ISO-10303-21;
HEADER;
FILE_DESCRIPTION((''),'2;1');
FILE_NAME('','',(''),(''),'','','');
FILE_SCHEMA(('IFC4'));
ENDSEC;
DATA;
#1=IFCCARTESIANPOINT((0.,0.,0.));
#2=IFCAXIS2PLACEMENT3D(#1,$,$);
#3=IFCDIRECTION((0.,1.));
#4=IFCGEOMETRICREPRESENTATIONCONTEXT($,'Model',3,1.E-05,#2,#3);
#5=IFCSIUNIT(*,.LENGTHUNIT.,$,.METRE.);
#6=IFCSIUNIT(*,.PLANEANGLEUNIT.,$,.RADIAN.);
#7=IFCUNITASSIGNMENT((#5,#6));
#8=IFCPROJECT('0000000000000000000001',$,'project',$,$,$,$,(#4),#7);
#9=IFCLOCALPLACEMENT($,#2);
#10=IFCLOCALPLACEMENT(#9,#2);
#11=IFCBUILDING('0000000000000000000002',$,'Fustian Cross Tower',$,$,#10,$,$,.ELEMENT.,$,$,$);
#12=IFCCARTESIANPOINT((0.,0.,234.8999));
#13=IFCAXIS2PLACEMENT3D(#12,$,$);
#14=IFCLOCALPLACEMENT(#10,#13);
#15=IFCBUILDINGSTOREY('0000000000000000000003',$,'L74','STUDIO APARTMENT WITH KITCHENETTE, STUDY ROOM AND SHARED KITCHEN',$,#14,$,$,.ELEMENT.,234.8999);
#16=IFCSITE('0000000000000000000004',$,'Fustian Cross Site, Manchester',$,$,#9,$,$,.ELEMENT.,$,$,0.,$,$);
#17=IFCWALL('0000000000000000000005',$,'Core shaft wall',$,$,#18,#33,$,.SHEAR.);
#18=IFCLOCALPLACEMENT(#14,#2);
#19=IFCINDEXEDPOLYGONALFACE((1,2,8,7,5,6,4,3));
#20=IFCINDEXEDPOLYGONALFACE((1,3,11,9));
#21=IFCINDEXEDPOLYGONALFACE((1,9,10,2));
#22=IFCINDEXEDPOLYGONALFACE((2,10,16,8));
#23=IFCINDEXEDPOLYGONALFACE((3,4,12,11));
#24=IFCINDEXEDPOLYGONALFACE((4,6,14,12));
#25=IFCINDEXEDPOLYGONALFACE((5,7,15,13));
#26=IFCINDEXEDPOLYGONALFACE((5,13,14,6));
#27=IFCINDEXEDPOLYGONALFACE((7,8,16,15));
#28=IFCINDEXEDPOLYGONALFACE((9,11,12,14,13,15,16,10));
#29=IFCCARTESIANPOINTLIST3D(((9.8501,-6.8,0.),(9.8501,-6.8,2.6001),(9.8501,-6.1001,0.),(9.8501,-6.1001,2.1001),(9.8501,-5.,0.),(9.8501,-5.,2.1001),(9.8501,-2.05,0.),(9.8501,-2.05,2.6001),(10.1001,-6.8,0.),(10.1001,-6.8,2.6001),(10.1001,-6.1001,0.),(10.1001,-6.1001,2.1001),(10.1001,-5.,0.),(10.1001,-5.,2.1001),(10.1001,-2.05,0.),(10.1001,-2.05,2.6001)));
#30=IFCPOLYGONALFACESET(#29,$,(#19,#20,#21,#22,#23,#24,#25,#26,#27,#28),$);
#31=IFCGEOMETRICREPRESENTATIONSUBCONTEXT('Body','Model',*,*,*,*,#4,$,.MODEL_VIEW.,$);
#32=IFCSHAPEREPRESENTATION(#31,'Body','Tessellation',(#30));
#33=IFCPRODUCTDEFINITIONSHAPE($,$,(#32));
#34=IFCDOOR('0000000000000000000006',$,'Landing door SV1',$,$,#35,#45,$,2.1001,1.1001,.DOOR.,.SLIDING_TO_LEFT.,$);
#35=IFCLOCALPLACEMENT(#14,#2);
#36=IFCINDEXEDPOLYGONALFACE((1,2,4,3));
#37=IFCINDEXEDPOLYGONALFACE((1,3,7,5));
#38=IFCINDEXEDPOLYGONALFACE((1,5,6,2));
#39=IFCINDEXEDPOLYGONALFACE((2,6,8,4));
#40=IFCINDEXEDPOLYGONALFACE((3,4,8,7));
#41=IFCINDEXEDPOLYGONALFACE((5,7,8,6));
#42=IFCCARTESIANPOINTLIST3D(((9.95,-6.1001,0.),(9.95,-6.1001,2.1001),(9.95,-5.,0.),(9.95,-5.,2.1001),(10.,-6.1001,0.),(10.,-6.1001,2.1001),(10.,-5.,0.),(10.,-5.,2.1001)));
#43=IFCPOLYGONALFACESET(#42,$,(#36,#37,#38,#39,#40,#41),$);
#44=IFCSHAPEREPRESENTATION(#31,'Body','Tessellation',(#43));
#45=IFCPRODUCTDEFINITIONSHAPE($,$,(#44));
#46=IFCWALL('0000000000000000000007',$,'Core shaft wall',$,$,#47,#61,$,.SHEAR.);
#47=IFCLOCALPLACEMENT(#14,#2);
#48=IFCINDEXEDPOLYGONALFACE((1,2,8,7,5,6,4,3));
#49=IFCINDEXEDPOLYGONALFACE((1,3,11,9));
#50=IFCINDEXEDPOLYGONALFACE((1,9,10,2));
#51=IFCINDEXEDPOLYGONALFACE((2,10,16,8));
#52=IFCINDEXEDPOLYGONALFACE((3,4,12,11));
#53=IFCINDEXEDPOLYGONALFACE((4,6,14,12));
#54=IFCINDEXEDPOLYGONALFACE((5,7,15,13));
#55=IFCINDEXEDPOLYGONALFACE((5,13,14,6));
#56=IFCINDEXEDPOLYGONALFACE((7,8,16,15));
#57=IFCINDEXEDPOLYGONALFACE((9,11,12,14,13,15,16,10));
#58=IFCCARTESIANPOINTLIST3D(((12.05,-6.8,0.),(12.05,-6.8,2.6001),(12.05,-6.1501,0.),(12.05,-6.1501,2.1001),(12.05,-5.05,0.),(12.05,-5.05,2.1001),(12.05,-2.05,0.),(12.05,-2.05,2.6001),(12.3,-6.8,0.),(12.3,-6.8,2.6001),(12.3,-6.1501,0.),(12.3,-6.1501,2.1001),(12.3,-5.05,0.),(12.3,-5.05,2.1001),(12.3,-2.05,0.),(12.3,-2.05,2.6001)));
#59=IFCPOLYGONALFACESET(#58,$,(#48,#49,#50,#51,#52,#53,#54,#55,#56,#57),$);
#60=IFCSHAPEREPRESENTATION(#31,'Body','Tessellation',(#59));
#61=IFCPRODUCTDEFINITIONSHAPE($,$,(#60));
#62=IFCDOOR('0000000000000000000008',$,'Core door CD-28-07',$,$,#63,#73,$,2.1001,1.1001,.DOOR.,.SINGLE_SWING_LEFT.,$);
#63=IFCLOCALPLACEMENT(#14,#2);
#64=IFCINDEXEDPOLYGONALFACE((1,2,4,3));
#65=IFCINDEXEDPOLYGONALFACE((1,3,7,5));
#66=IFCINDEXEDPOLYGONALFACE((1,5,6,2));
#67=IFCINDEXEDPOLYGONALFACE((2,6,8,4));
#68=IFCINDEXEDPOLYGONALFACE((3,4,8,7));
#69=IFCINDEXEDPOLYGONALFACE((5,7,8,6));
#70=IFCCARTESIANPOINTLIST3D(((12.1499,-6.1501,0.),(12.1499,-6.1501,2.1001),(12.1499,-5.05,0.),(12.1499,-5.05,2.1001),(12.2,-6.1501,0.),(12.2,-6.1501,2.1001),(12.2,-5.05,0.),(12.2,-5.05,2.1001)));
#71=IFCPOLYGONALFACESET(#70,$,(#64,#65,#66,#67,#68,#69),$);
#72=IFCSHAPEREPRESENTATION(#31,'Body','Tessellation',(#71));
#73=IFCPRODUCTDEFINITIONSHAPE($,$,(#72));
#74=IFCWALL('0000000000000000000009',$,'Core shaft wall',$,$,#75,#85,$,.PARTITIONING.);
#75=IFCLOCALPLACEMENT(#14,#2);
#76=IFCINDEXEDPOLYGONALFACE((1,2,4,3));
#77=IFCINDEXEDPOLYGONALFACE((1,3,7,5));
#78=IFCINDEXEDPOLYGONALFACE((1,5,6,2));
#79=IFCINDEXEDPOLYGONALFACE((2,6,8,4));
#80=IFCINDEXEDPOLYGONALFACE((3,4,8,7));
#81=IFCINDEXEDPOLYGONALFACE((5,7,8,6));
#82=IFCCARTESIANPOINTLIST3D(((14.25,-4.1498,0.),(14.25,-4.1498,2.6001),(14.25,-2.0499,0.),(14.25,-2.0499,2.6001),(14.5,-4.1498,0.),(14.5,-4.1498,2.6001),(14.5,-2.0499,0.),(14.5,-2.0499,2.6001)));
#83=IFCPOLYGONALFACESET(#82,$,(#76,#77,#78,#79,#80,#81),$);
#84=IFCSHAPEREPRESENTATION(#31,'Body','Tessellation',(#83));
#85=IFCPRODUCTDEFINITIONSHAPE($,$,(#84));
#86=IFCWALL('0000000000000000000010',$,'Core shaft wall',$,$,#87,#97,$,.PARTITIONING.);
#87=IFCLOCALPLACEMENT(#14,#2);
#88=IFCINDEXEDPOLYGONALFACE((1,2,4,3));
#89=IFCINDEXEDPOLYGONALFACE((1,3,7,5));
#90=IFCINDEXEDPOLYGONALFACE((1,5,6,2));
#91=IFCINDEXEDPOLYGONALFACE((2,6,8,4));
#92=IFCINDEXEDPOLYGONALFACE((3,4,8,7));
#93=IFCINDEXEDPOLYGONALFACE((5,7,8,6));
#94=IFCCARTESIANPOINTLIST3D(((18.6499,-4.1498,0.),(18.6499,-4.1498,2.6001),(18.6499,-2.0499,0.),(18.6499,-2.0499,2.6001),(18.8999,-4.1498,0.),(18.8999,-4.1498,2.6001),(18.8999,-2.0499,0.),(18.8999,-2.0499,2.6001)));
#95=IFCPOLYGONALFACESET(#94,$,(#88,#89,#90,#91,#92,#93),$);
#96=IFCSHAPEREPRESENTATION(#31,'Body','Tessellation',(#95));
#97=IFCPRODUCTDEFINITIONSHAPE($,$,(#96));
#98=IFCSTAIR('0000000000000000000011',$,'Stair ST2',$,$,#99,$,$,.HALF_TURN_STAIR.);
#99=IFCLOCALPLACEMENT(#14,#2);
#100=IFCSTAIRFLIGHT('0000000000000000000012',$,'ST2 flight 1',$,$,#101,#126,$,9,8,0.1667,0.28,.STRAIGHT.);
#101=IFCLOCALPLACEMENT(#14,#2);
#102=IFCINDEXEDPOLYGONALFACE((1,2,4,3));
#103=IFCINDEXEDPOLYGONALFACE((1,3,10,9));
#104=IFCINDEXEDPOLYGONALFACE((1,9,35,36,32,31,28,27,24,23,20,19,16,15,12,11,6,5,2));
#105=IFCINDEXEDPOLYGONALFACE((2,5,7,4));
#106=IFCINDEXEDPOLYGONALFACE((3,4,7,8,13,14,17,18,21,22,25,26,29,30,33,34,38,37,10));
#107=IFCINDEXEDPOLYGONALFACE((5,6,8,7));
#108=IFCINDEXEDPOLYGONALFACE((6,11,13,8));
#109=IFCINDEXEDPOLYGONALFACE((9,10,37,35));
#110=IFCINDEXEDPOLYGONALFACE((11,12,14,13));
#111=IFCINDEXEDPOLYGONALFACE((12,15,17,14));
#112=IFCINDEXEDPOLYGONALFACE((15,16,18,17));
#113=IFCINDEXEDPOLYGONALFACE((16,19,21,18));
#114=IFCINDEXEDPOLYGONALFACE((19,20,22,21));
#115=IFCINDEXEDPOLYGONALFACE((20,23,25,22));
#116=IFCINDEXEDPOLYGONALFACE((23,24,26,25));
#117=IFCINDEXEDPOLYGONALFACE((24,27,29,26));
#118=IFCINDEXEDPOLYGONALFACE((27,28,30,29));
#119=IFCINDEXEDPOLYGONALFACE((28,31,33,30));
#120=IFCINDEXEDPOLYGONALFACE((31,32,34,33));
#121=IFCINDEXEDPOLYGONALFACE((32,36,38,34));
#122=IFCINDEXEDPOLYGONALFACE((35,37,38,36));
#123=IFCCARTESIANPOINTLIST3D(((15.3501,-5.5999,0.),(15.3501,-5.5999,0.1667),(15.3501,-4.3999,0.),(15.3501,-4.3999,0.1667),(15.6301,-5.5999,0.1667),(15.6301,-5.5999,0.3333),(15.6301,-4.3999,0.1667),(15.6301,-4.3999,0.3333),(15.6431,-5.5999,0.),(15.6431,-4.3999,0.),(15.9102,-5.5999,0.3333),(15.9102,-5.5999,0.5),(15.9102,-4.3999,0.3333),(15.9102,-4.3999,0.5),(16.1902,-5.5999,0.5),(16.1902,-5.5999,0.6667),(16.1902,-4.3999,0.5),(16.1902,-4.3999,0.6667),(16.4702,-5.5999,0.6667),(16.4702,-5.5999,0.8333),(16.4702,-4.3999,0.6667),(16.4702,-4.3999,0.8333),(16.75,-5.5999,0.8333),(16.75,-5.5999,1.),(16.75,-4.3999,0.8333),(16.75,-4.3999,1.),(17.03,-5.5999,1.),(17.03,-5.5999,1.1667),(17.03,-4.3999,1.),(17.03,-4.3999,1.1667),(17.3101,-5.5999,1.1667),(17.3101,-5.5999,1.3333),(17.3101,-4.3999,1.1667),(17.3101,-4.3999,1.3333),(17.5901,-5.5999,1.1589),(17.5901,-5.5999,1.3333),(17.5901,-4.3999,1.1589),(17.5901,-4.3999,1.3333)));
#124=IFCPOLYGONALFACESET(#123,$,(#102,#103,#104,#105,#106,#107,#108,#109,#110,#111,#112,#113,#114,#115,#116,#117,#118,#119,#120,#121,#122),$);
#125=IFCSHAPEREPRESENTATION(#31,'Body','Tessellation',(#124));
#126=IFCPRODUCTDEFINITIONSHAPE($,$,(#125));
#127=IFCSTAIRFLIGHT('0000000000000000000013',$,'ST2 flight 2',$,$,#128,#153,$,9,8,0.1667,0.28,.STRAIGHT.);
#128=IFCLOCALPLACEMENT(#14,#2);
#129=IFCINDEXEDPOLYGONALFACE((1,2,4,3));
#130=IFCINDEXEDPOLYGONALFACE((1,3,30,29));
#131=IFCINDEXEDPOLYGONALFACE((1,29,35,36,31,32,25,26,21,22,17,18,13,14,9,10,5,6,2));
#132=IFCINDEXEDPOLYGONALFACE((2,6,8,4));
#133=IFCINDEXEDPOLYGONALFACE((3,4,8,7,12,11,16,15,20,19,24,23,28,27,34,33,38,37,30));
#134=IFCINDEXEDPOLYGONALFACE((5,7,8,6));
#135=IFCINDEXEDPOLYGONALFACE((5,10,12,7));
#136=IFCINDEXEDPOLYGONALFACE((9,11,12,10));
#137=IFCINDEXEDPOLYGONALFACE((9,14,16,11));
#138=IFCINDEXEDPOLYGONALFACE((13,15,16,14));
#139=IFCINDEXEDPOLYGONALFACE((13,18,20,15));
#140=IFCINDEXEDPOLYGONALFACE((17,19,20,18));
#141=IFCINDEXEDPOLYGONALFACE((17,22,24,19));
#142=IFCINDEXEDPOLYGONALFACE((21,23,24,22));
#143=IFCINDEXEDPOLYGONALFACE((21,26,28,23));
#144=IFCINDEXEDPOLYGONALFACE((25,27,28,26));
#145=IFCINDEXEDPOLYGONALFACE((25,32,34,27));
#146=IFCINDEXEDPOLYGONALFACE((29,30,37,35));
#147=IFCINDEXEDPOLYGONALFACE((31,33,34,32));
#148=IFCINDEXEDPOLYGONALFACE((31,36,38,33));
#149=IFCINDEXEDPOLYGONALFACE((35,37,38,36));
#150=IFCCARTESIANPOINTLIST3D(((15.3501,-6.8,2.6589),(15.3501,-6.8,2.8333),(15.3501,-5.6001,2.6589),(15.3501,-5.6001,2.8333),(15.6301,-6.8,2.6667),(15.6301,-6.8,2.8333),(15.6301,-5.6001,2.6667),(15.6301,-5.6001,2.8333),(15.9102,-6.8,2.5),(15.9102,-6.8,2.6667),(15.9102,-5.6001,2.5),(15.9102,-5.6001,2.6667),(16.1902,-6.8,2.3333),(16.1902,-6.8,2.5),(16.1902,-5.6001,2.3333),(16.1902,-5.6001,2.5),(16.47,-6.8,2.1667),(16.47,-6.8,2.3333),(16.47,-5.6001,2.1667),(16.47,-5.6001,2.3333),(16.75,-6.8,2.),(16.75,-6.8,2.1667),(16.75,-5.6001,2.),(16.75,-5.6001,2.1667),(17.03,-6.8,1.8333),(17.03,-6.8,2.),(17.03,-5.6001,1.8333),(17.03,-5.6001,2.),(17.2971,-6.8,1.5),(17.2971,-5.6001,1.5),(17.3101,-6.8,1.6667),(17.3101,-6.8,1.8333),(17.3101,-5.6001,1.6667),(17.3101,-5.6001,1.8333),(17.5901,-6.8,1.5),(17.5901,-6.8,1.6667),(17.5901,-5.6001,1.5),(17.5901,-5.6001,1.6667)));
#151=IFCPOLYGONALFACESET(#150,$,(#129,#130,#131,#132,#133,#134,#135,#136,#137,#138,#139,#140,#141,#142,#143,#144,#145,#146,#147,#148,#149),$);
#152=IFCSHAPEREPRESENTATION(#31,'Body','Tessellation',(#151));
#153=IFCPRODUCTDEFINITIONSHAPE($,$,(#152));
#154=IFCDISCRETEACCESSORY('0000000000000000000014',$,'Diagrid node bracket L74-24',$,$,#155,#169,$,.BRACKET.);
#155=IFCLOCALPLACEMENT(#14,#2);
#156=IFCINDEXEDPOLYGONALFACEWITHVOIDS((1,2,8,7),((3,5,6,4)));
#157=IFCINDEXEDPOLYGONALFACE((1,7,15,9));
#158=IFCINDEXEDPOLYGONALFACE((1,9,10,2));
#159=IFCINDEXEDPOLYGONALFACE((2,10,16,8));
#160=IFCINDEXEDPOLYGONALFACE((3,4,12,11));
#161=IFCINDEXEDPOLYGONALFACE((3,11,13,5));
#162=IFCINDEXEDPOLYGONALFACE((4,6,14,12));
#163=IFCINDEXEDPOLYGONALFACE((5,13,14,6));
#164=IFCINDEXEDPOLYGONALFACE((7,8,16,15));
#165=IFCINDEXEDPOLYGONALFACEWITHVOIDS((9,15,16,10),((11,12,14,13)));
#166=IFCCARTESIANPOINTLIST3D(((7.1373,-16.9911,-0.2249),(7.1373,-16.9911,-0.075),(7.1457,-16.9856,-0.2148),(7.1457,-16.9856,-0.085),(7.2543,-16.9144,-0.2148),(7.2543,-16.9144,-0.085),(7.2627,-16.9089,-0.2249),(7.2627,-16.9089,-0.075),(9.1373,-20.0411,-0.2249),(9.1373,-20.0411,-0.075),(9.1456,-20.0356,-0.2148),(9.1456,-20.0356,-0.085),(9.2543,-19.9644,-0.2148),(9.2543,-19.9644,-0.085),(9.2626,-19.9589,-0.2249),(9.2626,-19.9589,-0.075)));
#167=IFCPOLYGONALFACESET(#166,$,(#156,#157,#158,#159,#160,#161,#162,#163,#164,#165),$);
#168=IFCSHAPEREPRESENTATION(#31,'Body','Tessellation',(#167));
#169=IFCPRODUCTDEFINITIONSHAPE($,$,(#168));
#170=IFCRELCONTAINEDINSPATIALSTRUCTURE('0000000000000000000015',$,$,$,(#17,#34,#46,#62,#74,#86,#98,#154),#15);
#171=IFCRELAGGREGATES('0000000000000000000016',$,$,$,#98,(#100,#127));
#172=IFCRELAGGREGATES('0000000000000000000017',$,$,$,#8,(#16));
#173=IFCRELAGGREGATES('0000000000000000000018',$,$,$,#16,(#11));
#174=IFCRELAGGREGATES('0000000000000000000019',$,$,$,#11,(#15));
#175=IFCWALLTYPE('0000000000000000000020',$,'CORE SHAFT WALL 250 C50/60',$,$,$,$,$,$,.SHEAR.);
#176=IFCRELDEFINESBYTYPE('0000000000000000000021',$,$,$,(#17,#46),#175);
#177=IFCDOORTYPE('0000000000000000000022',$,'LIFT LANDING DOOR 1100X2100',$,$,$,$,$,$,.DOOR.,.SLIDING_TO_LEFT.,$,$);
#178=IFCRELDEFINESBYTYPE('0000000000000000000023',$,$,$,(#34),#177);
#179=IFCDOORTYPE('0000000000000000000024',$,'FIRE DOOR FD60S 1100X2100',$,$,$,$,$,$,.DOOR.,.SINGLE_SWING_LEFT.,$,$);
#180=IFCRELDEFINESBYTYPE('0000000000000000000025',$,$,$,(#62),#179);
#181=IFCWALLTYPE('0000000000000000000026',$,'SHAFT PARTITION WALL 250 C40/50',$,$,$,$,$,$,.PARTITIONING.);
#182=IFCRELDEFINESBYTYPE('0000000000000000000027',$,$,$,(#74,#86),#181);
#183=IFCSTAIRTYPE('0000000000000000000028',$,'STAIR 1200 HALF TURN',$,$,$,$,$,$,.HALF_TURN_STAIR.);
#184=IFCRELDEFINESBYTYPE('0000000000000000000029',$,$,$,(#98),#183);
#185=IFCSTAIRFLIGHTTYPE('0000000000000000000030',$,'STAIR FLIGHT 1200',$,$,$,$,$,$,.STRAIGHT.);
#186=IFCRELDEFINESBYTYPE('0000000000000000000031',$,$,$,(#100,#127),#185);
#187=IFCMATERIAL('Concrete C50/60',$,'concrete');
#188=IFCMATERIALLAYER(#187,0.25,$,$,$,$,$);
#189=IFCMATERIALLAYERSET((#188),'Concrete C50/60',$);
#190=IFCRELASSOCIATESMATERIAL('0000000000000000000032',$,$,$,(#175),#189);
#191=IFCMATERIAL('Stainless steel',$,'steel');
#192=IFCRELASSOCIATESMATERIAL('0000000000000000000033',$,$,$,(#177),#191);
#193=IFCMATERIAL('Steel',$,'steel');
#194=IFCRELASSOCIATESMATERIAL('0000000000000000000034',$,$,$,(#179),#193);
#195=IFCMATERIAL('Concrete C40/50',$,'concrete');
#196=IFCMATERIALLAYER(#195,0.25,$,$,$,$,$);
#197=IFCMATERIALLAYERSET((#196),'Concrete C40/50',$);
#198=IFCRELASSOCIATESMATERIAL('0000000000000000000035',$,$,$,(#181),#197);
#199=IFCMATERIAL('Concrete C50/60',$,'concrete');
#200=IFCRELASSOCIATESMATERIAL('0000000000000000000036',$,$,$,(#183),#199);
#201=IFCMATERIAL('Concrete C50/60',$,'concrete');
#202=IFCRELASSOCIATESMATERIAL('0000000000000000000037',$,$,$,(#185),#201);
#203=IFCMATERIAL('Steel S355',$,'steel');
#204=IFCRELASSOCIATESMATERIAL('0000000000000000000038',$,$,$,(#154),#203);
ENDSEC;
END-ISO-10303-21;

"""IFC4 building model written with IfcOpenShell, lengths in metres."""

from ifc_helpers import new_model, si_unit, direction, frame, frame_2d, origin, origin_2d, place, context, subcontext, project, spatial, polyline, rectangle, hollow_rectangle, outline, extrude, material, layer, layer_set, type_object, element, fill, aggregate, save


model = new_model("IFC4")

# Units and contexts
model_context = context("Model", 3, precision=1e-05, world=origin(), true_north=direction((0.0, 1.0)))
body_context = subcontext(model_context, "Body", "Model", "MODEL_VIEW")
ifc_project = project(units=[si_unit("LENGTHUNIT", "METRE"), si_unit("PLANEANGLEUNIT", "RADIAN")], contexts=[model_context])

# Site, building, storey
site_placement = place(None, origin())
site = spatial("IfcSite", under=ifc_project, at=site_placement, Name="Fustian Cross Site, Manchester", CompositionType="ELEMENT", RefElevation=0.0)
building_placement = place(site_placement, origin())
building = spatial("IfcBuilding", under=site, at=building_placement, Name="Fustian Cross Tower", CompositionType="ELEMENT")
storey_placement = place(building_placement, frame((0.0, 0.0, 234.8999)))
storey = spatial("IfcBuildingStorey", under=building, at=storey_placement, Name="L74", Description="STUDIO APARTMENT WITH KITCHENETTE, STUDY ROOM AND SHARED KITCHEN", CompositionType="ELEMENT", Elevation=234.8999)

# Shared definitions
ifc_material_1 = material(Name="Concrete C50/60", Category="concrete")
ifc_layer_1 = layer(ifc_material_1, 0.25)
ifc_layer_set_1 = layer_set([ifc_layer_1], Name="Concrete C50/60")
wall_type_1 = type_object("IfcWallType", Name="CORE SHAFT WALL 250 C50/60", PredefinedType="SHEAR", material=ifc_layer_set_1)

# Walls, openings, doors
wall_1_placement = place(storey_placement, frame((9.9751, -2.05, 0.0), z_axis=(0.0, 0.0, 1.0), x_axis=(0.0, -1.0, 0.0)))
wall_1 = element("IfcWall", 1, at=wall_1_placement, inside=storey, type_object=wall_type_1, Name="Core shaft wall", PredefinedType="SHEAR", context=body_context, shape_type="SweptSolid", body=[
    extrude(rectangle(XDim=4.75, YDim=0.25, at=frame_2d((2.375, 0.0))), origin(), (0.0, 0.0, 1.0), 2.6001),
])
opening_1_placement = place(wall_1_placement, frame((2.95, 0.0, 0.0)))
opening_1 = element("IfcOpeningElement", 2, at=opening_1_placement, cuts=wall_1, PredefinedType="OPENING", context=body_context, shape_type="SweptSolid", body=[
    extrude(rectangle(XDim=1.1001, YDim=2.1001, at=frame_2d((0.55, 1.05))), frame((0.0, 0.135, 0.0), z_axis=(0.0, -1.0, 0.0), x_axis=(1.0, 0.0, 0.0)), (0.0, 0.0, 1.0), 0.27),
])
ifc_material_2 = material(Name="Stainless steel", Category="steel")
door_type_1 = type_object("IfcDoorType", Name="LIFT LANDING DOOR 1100X2100", OperationType="SLIDING_TO_LEFT", PredefinedType="DOOR", material=ifc_material_2)
door_1_placement = place(opening_1_placement, origin())
door_1 = element("IfcDoor", 3, at=door_1_placement, inside=storey, type_object=door_type_1, Name="Landing door SV1", OperationType="SLIDING_TO_LEFT", OverallHeight=2.1001, OverallWidth=1.1001, PredefinedType="DOOR", context=body_context, shape_type="SweptSolid", body=[
    extrude(rectangle(XDim=1.1001, YDim=2.1001, at=frame_2d((0.55, 1.05))), frame((0.0, 0.0249, 0.0), z_axis=(0.0, -1.0, 0.0), x_axis=(1.0, 0.0, 0.0)), (0.0, 0.0, 1.0), 0.05),
])
fill(opening_1, door_1)
wall_2_placement = place(storey_placement, frame((12.175, -2.05, 0.0), z_axis=(0.0, 0.0, 1.0), x_axis=(0.0, -1.0, 0.0)))
wall_2 = element("IfcWall", 4, at=wall_2_placement, inside=storey, type_object=wall_type_1, Name="Core shaft wall", PredefinedType="SHEAR", context=body_context, shape_type="SweptSolid", body=[
    extrude(rectangle(XDim=4.75, YDim=0.25, at=frame_2d((2.375, 0.0))), origin(), (0.0, 0.0, 1.0), 2.6001),
])
opening_2_placement = place(wall_2_placement, frame((3.0, 0.0, 0.0)))
opening_2 = element("IfcOpeningElement", 5, at=opening_2_placement, cuts=wall_2, PredefinedType="OPENING", context=body_context, shape_type="SweptSolid", body=[
    extrude(rectangle(XDim=1.1001, YDim=2.1001, at=frame_2d((0.55, 1.05))), frame((0.0, 0.135, 0.0), z_axis=(0.0, -1.0, 0.0), x_axis=(1.0, 0.0, 0.0)), (0.0, 0.0, 1.0), 0.27),
])
ifc_material_3 = material(Name="Steel", Category="steel")
door_type_2 = type_object("IfcDoorType", Name="FIRE DOOR FD60S 1100X2100", OperationType="SINGLE_SWING_LEFT", PredefinedType="DOOR", material=ifc_material_3)
door_2_placement = place(opening_2_placement, origin())
door_2 = element("IfcDoor", 6, at=door_2_placement, inside=storey, type_object=door_type_2, Name="Core door CD-28-07", OperationType="SINGLE_SWING_LEFT", OverallHeight=2.1001, OverallWidth=1.1001, PredefinedType="DOOR", context=body_context, shape_type="SweptSolid", body=[
    extrude(rectangle(XDim=1.1001, YDim=2.1001, at=frame_2d((0.55, 1.05))), frame((0.0, 0.0249, 0.0), z_axis=(0.0, -1.0, 0.0), x_axis=(1.0, 0.0, 0.0)), (0.0, 0.0, 1.0), 0.05),
])
fill(opening_2, door_2)

# Walls
ifc_material_4 = material(Name="Concrete C40/50", Category="concrete")
ifc_layer_2 = layer(ifc_material_4, 0.25)
ifc_layer_set_2 = layer_set([ifc_layer_2], Name="Concrete C40/50")
wall_type_2 = type_object("IfcWallType", Name="SHAFT PARTITION WALL 250 C40/50", PredefinedType="PARTITIONING", material=ifc_layer_set_2)
for number, where, z_axis, x_axis, name in (
    (7, (14.375, -2.05, 0.0), (0.0, 0.0, 1.0), (0.0, -1.0, 0.0), "Core shaft wall"),
    (8, (18.7749, -2.05, 0.0), (0.0, 0.0, 1.0), (0.0, -1.0, 0.0), "Core shaft wall"),
):
    element("IfcWall", number, at=place(storey_placement, frame(where, z_axis=z_axis, x_axis=x_axis)), inside=storey, type_object=wall_type_2, Name=name, PredefinedType="PARTITIONING", context=body_context, shape_type="SweptSolid", body=[
        extrude(rectangle(XDim=2.0999, YDim=0.25, at=frame_2d((1.0498, 0.0))), origin(), (0.0, 0.0, 1.0), 2.6001),
    ])

# Stair, stair flights
ifc_material_5 = material(Name="Concrete C50/60", Category="concrete")
stair_type = type_object("IfcStairType", Name="STAIR 1200 HALF TURN", PredefinedType="HALF_TURN_STAIR", material=ifc_material_5)
stair_placement = place(storey_placement, origin())
stair = element("IfcStair", 9, at=stair_placement, inside=storey, type_object=stair_type, Name="Stair ST2", PredefinedType="HALF_TURN_STAIR")
ifc_material_6 = material(Name="Concrete C50/60", Category="concrete")
stair_flight_type = type_object("IfcStairFlightType", Name="STAIR FLIGHT 1200", PredefinedType="STRAIGHT", material=ifc_material_6)
stair_flight_1_placement = place(storey_placement, frame((15.3501, -5.0, 0.0), z_axis=(0.0, 0.0, 1.0), x_axis=(1.0, 0.0, 0.0)))
stair_flight_1 = element("IfcStairFlight", 10, at=stair_flight_1_placement, type_object=stair_flight_type, Name="ST2 flight 1", NumberOfRisers=9, NumberOfTreads=8, PredefinedType="STRAIGHT", RiserHeight=0.1667, TreadLength=0.28, context=body_context, shape_type="SweptSolid", body=[
    extrude(outline(polyline([(0.0, 0.0), (0.0, 0.1667), (0.28, 0.1667), (0.28, 0.3333), (0.5601, 0.3333), (0.5601, 0.5), (0.8401, 0.5), (0.8401, 0.6667), (1.1201, 0.6667), (1.1201, 0.8333), (1.3999, 0.8333), (1.3999, 1.0), (1.6799, 1.0), (1.6799, 1.1667), (1.96, 1.1667), (1.96, 1.3333), (2.24, 1.3333), (2.24, 1.5), (2.24, 1.1589), (0.293, 0.0), (0.0, 0.0)])), frame((0.0, 0.6001, 0.0), z_axis=(0.0, -1.0, 0.0), x_axis=(1.0, 0.0, 0.0)), (0.0, 0.0, 1.0), 1.2),
])
stair_flight_2_placement = place(storey_placement, frame((17.5901, -6.2, 1.5), z_axis=(0.0, 0.0, 1.0), x_axis=(-1.0, 0.0, 0.0)))
stair_flight_2 = element("IfcStairFlight", 11, at=stair_flight_2_placement, type_object=stair_flight_type, Name="ST2 flight 2", NumberOfRisers=9, NumberOfTreads=8, PredefinedType="STRAIGHT", RiserHeight=0.1667, TreadLength=0.28, context=body_context, shape_type="SweptSolid", body=[
    extrude(outline(polyline([(0.0, 0.0), (0.0, 0.1667), (0.28, 0.1667), (0.28, 0.3333), (0.5601, 0.3333), (0.5601, 0.5), (0.8401, 0.5), (0.8401, 0.6667), (1.1201, 0.6667), (1.1201, 0.8333), (1.3999, 0.8333), (1.3999, 1.0), (1.6799, 1.0), (1.6799, 1.1667), (1.96, 1.1667), (1.96, 1.3333), (2.24, 1.3333), (2.24, 1.5), (2.24, 1.1589), (0.293, 0.0), (0.0, 0.0)])), frame((0.0, 0.6001, 0.0), z_axis=(0.0, -1.0, 0.0), x_axis=(1.0, 0.0, 0.0)), (0.0, 0.0, 1.0), 1.2),
])
aggregate(stair, [stair_flight_1, stair_flight_2])

# Discrete accessory
ifc_material_7 = material(Name="Steel S355", Category="steel")
discrete_accessory_placement = place(storey_placement, frame((9.2, -20.0, -0.1499), z_axis=(-0.548351, 0.836248, 0.0), x_axis=(-0.836248, -0.548351, 0.0)))
element("IfcDiscreteAccessory", 12, at=discrete_accessory_placement, inside=storey, material=ifc_material_7, Name="Diagrid node bracket L74-24", PredefinedType="BRACKET", context=body_context, shape_type="SweptSolid", body=[
    extrude(hollow_rectangle(XDim=0.1499, YDim=0.1499, WallThickness=0.01, at=origin_2d()), origin(), (0.0, 0.0, 1.0), 3.6472),
])

save(model, "model.ifc")
